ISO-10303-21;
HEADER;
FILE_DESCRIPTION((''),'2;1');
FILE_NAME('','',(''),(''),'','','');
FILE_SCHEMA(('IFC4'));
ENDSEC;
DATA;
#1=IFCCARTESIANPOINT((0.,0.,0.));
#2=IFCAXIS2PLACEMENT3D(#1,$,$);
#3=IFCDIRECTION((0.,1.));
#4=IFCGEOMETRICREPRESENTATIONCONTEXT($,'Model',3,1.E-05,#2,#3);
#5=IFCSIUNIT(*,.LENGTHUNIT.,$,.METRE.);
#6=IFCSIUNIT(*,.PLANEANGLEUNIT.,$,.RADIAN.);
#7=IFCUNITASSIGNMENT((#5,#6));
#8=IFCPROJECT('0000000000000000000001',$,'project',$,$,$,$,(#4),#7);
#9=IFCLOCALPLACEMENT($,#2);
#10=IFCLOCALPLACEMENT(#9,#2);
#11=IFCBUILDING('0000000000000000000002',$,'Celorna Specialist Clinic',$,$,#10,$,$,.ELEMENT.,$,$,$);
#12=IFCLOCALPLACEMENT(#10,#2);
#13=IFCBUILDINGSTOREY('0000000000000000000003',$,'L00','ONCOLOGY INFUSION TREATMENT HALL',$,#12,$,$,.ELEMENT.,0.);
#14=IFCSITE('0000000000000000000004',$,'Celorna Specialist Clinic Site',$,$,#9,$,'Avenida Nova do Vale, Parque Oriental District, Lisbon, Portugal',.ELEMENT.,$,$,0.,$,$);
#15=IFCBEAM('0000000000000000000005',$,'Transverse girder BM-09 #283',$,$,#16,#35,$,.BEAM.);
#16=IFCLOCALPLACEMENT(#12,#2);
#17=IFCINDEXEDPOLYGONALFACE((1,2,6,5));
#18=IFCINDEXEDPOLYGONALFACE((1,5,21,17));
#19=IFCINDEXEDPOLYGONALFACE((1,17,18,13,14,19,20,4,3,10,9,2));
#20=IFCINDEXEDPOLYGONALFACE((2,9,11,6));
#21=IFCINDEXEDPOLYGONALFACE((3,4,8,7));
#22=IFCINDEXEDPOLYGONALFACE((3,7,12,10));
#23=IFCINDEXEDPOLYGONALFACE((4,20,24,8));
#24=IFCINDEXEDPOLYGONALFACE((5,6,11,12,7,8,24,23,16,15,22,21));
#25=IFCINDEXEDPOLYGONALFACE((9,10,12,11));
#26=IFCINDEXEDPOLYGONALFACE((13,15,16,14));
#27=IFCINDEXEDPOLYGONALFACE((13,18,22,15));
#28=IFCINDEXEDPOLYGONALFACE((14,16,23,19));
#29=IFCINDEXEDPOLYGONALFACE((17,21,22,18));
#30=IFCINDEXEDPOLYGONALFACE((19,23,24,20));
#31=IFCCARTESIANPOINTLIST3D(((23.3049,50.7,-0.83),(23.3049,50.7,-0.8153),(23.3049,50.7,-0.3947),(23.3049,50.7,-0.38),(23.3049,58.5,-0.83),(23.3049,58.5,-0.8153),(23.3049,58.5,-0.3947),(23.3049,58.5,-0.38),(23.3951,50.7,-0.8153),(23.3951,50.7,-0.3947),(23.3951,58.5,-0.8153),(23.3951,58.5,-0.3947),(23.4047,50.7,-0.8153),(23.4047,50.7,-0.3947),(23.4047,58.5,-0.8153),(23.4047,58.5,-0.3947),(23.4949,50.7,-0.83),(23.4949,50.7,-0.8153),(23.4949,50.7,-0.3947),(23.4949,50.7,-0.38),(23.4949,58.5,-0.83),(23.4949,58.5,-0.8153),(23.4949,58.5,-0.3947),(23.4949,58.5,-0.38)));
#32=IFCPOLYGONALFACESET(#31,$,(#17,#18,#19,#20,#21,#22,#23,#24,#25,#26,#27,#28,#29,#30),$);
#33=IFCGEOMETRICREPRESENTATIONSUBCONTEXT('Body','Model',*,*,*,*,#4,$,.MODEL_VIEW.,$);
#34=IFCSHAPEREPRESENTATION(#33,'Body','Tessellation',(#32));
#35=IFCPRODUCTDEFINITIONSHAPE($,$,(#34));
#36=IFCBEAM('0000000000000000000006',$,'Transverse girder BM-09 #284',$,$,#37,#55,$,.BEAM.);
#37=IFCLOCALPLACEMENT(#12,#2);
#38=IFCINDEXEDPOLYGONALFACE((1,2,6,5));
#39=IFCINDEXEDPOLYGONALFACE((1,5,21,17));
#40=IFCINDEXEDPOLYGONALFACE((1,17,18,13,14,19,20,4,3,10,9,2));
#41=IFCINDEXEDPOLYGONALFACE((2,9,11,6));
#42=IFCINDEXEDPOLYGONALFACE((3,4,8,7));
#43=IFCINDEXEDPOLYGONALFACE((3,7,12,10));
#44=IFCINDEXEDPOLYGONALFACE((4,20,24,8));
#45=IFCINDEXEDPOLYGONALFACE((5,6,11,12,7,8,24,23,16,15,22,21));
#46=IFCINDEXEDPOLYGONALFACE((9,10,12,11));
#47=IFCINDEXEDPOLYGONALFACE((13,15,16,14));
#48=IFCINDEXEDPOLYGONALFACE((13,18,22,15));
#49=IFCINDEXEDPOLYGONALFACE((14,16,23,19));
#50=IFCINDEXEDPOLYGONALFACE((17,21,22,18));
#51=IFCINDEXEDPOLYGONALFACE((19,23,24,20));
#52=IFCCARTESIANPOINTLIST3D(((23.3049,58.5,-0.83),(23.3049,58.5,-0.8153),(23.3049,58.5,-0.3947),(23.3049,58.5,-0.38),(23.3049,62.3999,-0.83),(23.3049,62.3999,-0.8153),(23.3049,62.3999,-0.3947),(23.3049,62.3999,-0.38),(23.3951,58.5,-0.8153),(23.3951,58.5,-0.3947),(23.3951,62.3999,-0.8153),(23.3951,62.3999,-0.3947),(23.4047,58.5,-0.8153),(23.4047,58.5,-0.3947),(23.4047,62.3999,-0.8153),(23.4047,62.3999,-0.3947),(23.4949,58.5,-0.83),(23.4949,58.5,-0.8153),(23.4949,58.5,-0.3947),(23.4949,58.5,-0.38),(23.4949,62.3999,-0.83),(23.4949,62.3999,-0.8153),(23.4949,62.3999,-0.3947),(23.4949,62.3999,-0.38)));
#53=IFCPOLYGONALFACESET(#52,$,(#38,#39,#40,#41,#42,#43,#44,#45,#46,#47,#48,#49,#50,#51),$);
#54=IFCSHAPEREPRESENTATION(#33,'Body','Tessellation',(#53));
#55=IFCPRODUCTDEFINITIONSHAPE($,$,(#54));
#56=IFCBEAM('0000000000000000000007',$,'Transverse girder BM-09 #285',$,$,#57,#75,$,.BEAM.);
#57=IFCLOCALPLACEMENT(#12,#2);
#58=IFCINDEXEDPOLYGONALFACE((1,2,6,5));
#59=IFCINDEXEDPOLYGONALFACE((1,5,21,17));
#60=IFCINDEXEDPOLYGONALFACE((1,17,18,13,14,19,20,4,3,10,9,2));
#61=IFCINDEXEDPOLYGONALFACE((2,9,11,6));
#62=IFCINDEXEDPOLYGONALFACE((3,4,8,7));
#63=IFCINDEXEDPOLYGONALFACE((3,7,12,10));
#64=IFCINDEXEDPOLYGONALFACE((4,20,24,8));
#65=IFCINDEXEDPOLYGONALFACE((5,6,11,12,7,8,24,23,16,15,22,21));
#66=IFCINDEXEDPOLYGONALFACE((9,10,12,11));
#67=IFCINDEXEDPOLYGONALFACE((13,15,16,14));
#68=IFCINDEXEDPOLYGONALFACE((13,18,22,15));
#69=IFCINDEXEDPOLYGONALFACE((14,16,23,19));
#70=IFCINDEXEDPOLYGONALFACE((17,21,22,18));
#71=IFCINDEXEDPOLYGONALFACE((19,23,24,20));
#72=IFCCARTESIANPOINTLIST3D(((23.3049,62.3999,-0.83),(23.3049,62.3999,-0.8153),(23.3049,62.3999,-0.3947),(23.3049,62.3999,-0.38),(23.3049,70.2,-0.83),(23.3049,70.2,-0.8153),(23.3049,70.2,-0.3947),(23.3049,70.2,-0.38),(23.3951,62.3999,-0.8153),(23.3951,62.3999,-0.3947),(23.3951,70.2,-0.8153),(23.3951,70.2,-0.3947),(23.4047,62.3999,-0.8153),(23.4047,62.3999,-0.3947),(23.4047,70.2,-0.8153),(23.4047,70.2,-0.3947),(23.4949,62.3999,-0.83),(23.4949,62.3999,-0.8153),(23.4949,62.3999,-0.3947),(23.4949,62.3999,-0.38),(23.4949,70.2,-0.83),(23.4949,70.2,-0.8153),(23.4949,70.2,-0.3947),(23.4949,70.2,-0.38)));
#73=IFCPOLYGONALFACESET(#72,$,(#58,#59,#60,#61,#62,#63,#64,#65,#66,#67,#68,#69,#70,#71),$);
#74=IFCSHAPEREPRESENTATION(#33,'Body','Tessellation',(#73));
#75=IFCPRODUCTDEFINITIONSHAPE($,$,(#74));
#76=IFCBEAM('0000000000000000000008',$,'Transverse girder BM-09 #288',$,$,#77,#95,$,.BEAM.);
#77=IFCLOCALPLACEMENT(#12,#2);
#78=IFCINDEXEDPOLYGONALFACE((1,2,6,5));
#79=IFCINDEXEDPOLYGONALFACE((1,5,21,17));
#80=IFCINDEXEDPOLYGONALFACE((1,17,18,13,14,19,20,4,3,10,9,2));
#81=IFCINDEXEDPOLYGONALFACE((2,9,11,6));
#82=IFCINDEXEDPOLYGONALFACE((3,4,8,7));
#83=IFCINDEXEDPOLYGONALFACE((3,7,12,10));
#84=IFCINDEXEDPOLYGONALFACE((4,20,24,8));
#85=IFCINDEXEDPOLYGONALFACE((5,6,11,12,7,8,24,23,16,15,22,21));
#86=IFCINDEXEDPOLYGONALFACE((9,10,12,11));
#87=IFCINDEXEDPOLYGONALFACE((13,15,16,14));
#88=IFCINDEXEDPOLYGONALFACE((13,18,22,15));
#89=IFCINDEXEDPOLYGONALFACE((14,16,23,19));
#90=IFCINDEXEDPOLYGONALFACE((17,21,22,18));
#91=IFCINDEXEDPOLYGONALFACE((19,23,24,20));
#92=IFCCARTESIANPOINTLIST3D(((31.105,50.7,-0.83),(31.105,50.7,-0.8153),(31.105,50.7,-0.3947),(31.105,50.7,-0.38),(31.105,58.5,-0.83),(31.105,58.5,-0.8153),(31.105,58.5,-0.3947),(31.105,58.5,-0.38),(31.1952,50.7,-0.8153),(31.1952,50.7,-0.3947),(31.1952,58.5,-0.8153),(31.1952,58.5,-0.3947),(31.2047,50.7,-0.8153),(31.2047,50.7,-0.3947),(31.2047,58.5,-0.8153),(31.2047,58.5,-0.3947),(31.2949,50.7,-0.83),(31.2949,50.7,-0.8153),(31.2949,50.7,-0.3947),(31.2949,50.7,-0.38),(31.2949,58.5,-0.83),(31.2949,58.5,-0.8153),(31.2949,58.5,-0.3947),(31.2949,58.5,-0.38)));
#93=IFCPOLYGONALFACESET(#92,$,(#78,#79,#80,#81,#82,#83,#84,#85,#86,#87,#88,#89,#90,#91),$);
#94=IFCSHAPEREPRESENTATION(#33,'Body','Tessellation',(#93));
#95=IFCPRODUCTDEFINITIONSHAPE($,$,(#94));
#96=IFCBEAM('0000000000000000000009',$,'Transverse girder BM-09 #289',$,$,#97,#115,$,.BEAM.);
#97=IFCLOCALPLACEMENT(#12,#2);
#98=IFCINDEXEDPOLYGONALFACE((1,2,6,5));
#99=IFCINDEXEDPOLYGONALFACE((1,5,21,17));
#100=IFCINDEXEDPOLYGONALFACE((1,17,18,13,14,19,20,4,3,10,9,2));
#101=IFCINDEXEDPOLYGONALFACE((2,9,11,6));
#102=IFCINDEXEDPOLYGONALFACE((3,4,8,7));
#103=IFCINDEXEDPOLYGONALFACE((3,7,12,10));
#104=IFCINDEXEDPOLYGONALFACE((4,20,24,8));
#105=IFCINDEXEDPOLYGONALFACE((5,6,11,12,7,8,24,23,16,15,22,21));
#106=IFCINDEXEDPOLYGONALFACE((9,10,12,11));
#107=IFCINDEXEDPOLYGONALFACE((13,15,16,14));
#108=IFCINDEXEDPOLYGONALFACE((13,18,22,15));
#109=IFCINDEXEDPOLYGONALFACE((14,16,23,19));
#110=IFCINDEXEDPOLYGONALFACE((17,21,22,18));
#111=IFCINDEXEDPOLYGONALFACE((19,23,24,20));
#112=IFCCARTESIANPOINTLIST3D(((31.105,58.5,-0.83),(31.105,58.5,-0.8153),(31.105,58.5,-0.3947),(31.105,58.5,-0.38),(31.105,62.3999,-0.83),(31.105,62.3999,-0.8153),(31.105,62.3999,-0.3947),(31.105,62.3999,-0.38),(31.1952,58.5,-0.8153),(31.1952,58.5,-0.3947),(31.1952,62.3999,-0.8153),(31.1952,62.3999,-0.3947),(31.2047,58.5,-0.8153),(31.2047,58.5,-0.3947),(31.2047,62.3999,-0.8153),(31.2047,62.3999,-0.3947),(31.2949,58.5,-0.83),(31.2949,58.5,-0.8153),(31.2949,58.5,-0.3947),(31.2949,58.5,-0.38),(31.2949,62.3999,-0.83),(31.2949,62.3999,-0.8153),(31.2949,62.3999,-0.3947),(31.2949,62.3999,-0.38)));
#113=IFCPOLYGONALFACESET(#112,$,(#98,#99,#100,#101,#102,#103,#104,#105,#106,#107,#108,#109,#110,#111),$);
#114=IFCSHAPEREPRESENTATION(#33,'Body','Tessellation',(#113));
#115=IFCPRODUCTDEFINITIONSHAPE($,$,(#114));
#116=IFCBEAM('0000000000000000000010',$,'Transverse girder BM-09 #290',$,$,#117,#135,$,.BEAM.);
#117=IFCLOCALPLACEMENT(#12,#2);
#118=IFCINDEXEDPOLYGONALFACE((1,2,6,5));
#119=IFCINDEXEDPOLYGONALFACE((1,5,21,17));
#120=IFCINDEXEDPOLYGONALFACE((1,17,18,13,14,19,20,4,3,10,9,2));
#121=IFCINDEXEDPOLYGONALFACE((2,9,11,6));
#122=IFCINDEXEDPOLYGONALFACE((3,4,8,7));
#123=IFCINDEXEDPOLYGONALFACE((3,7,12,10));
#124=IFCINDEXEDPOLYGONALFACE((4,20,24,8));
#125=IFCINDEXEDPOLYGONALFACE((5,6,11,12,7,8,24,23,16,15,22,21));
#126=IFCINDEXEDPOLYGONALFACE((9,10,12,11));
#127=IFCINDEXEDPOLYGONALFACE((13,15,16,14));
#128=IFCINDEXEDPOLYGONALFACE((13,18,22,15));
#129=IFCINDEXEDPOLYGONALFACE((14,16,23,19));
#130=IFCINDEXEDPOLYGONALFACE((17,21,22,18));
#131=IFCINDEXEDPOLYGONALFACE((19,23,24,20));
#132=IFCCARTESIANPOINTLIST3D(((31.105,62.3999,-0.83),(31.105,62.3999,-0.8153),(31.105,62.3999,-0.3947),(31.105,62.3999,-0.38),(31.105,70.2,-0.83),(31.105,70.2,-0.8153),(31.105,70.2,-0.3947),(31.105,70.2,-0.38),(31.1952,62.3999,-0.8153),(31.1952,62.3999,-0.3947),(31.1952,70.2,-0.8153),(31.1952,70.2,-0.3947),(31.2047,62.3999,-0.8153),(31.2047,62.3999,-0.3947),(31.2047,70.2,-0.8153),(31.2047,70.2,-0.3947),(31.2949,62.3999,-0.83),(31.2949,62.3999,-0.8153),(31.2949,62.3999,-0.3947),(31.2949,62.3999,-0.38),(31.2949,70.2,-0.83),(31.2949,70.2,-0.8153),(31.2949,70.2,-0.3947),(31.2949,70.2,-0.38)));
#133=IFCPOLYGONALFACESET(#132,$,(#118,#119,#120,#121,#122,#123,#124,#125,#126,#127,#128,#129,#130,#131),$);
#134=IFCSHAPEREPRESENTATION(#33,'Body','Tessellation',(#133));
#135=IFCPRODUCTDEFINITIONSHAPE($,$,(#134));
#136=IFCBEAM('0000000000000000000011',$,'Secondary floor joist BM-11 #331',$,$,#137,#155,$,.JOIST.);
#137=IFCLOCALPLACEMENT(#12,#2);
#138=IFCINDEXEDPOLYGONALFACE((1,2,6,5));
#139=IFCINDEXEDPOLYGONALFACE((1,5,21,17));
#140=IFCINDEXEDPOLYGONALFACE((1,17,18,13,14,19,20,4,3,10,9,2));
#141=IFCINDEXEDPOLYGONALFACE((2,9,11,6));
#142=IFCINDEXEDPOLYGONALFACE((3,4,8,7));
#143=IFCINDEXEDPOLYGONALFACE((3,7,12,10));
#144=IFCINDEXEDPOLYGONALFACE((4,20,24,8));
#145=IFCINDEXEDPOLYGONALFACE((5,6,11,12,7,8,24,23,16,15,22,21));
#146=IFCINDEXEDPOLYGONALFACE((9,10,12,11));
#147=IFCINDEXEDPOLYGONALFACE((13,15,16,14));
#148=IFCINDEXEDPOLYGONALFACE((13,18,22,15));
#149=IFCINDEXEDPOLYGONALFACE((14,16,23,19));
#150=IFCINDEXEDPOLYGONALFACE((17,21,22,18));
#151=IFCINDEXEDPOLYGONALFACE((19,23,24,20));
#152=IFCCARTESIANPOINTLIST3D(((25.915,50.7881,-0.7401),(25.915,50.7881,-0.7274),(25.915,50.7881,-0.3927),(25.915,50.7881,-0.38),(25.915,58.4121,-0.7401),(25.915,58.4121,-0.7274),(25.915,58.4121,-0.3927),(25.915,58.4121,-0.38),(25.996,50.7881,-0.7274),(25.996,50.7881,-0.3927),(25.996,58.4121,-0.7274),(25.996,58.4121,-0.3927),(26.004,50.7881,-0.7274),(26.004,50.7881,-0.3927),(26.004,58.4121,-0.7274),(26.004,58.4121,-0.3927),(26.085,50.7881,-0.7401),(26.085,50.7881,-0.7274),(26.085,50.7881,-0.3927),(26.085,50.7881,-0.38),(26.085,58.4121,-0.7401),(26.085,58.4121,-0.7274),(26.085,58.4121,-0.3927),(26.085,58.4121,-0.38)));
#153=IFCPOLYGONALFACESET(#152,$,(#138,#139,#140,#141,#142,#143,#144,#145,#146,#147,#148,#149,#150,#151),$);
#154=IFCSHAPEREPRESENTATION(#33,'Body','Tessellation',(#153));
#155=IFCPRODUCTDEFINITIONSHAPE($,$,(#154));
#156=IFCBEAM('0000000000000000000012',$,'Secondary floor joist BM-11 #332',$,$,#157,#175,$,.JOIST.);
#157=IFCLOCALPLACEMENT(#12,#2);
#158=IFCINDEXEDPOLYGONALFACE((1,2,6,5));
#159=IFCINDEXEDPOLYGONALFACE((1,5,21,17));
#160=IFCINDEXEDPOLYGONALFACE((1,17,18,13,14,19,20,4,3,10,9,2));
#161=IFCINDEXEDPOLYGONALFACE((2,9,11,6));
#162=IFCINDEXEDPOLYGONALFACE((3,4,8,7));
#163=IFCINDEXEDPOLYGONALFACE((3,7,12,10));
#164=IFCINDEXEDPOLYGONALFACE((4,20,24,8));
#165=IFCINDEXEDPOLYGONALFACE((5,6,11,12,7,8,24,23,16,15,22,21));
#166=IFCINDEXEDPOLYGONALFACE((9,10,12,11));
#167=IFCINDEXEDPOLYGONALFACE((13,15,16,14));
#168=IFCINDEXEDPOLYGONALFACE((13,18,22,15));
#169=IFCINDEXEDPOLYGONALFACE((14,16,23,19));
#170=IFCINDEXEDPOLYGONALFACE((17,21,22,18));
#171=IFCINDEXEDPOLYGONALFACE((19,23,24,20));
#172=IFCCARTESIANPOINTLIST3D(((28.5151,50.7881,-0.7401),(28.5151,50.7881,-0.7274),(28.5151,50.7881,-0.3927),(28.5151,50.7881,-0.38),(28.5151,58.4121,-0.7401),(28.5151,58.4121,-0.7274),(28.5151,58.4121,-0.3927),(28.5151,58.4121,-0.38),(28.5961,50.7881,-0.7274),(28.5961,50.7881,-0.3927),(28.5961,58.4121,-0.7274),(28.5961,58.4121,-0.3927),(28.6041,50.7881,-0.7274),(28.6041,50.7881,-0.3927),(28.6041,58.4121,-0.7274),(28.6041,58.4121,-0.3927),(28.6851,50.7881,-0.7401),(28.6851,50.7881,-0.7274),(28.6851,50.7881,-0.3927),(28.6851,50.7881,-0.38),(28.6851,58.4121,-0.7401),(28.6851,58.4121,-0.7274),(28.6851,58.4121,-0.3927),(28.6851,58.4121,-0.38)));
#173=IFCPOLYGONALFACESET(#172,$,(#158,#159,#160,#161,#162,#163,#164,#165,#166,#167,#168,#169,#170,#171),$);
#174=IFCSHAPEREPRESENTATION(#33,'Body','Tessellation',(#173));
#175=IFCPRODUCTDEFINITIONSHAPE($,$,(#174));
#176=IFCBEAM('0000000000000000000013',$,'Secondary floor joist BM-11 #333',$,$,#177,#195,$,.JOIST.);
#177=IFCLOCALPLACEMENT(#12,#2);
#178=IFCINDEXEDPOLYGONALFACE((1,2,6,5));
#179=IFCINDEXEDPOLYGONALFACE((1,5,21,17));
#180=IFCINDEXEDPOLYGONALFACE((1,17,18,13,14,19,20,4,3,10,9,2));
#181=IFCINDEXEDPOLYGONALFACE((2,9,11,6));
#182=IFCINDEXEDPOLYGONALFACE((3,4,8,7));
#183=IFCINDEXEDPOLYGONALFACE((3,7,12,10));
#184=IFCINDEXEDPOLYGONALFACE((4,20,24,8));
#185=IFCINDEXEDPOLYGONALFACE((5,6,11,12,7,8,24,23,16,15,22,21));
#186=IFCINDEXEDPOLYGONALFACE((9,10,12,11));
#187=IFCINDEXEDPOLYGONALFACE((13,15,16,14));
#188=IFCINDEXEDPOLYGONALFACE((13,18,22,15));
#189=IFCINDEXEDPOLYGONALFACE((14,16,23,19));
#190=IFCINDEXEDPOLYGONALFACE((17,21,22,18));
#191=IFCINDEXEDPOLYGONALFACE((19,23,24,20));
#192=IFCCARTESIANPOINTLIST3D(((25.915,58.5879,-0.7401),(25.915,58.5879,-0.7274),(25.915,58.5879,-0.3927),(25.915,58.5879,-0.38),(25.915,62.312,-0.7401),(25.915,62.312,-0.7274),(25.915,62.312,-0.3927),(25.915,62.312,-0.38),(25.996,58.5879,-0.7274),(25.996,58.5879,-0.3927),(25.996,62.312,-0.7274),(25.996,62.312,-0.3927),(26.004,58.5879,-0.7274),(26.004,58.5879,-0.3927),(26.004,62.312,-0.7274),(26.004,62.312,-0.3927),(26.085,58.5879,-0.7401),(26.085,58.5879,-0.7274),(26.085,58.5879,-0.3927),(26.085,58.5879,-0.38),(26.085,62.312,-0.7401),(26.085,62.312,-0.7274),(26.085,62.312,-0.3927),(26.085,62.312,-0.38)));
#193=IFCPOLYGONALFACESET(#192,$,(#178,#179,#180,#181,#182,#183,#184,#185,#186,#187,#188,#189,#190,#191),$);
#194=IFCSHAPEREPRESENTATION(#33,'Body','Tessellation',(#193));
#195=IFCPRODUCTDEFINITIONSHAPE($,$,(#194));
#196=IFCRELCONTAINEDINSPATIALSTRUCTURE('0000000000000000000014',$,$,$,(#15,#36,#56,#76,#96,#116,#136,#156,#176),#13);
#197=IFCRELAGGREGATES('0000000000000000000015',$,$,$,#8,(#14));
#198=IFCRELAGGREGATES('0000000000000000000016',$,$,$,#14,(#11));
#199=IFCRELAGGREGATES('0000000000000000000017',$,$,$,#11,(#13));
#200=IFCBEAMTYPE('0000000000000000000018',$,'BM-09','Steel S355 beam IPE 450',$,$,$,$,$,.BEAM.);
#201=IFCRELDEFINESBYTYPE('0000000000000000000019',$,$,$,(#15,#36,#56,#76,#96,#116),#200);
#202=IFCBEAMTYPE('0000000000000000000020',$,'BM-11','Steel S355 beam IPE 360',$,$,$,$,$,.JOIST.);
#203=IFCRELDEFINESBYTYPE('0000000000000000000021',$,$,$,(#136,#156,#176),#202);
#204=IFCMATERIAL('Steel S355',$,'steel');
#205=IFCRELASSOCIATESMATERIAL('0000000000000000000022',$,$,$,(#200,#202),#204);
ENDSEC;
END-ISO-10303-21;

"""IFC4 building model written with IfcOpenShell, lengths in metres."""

from ifc_helpers import new_model, si_unit, direction, frame, origin, origin_2d, place, context, subcontext, project, spatial, i_section, extrude, material, material_profile, profile_set, type_object, element, save


model = new_model("IFC4")

# Units and contexts
model_context = context("Model", 3, precision=1e-05, world=origin(), true_north=direction((0.0, 1.0)))
body_context = subcontext(model_context, "Body", "Model", "MODEL_VIEW")
ifc_project = project(units=[si_unit("LENGTHUNIT", "METRE"), si_unit("PLANEANGLEUNIT", "RADIAN")], contexts=[model_context])

# Site, building, storey
site_placement = place(None, origin())
site = spatial("IfcSite", under=ifc_project, at=site_placement, Name="Celorna Specialist Clinic Site", LongName="Avenida Nova do Vale, Parque Oriental District, Lisbon, Portugal", CompositionType="ELEMENT", RefElevation=0.0)
building_placement = place(site_placement, origin())
building = spatial("IfcBuilding", under=site, at=building_placement, Name="Celorna Specialist Clinic", CompositionType="ELEMENT")
storey_placement = place(building_placement, origin())
storey = spatial("IfcBuildingStorey", under=building, at=storey_placement, Name="L00", Description="ONCOLOGY INFUSION TREATMENT HALL", CompositionType="ELEMENT", Elevation=0.0)

# Beams
ifc_material_1 = material(Name="Steel S355", Category="steel")
ifc_material_profile_1 = material_profile(ifc_material_1, i_section(OverallWidth=0.1899, OverallDepth=0.45, WebThickness=0.0095, FlangeThickness=0.0146, at=origin_2d()), Name="IPE 450")
ifc_profile_set_1 = profile_set([ifc_material_profile_1], Name="Steel S355")
beam_type_1 = type_object("IfcBeamType", Name="BM-09", Description="Steel S355 beam IPE 450", PredefinedType="BEAM", material=ifc_profile_set_1)
beam_1_placement = place(storey_placement, frame((23.3999, 50.7, -0.605), z_axis=(0.0, 1.0, 0.0), x_axis=(-1.0, 0.0, 0.0)))
element("IfcBeam", 1, at=beam_1_placement, inside=storey, type_object=beam_type_1, Name="Transverse girder BM-09 #283", PredefinedType="BEAM", context=body_context, shape_type="SweptSolid", body=[
    extrude(i_section(OverallWidth=0.1899, OverallDepth=0.45, WebThickness=0.0095, FlangeThickness=0.0146, at=origin_2d()), origin(), (0.0, 0.0, 1.0), 7.8),
])
beam_2_placement = place(storey_placement, frame((23.3999, 58.5, -0.605), z_axis=(0.0, 1.0, 0.0), x_axis=(-1.0, 0.0, 0.0)))
element("IfcBeam", 2, at=beam_2_placement, inside=storey, type_object=beam_type_1, Name="Transverse girder BM-09 #284", PredefinedType="BEAM", context=body_context, shape_type="SweptSolid", body=[
    extrude(i_section(OverallWidth=0.1899, OverallDepth=0.45, WebThickness=0.0095, FlangeThickness=0.0146, at=origin_2d()), origin(), (0.0, 0.0, 1.0), 3.8999),
])
for number, where, z_axis, x_axis, name in (
    (3, (23.3999, 62.3999, -0.605), (0.0, 1.0, 0.0), (-1.0, 0.0, 0.0), "Transverse girder BM-09 #285"),
    (4, (31.2, 50.7, -0.605), (0.0, 1.0, 0.0), (-1.0, 0.0, 0.0), "Transverse girder BM-09 #288"),
):
    element("IfcBeam", number, at=place(storey_placement, frame(where, z_axis=z_axis, x_axis=x_axis)), inside=storey, type_object=beam_type_1, Name=name, PredefinedType="BEAM", context=body_context, shape_type="SweptSolid", body=[
        extrude(i_section(OverallWidth=0.1899, OverallDepth=0.45, WebThickness=0.0095, FlangeThickness=0.0146, at=origin_2d()), origin(), (0.0, 0.0, 1.0), 7.8),
    ])
beam_3_placement = place(storey_placement, frame((31.2, 58.5, -0.605), z_axis=(0.0, 1.0, 0.0), x_axis=(-1.0, 0.0, 0.0)))
element("IfcBeam", 5, at=beam_3_placement, inside=storey, type_object=beam_type_1, Name="Transverse girder BM-09 #289", PredefinedType="BEAM", context=body_context, shape_type="SweptSolid", body=[
    extrude(i_section(OverallWidth=0.1899, OverallDepth=0.45, WebThickness=0.0095, FlangeThickness=0.0146, at=origin_2d()), origin(), (0.0, 0.0, 1.0), 3.8999),
])
beam_4_placement = place(storey_placement, frame((31.2, 62.3999, -0.605), z_axis=(0.0, 1.0, 0.0), x_axis=(-1.0, 0.0, 0.0)))
element("IfcBeam", 6, at=beam_4_placement, inside=storey, type_object=beam_type_1, Name="Transverse girder BM-09 #290", PredefinedType="BEAM", context=body_context, shape_type="SweptSolid", body=[
    extrude(i_section(OverallWidth=0.1899, OverallDepth=0.45, WebThickness=0.0095, FlangeThickness=0.0146, at=origin_2d()), origin(), (0.0, 0.0, 1.0), 7.8),
])
ifc_material_profile_2 = material_profile(ifc_material_1, i_section(OverallWidth=0.1699, OverallDepth=0.3601, WebThickness=0.0081, FlangeThickness=0.0127, at=origin_2d()), Name="IPE 360")
ifc_profile_set_2 = profile_set([ifc_material_profile_2], Name="Steel S355")
beam_type_2 = type_object("IfcBeamType", Name="BM-11", Description="Steel S355 beam IPE 360", PredefinedType="JOIST", material=ifc_profile_set_2)
for number, where, z_axis, x_axis, name in (
    (7, (26.0, 50.7881, -0.5601), (0.0, 1.0, 0.0), (-1.0, 0.0, 0.0), "Secondary floor joist BM-11 #331"),
    (8, (28.6001, 50.7881, -0.5601), (0.0, 1.0, 0.0), (-1.0, 0.0, 0.0), "Secondary floor joist BM-11 #332"),
):
    element("IfcBeam", number, at=place(storey_placement, frame(where, z_axis=z_axis, x_axis=x_axis)), inside=storey, type_object=beam_type_2, Name=name, PredefinedType="JOIST", context=body_context, shape_type="SweptSolid", body=[
        extrude(i_section(OverallWidth=0.1699, OverallDepth=0.3601, WebThickness=0.0081, FlangeThickness=0.0127, at=origin_2d()), origin(), (0.0, 0.0, 1.0), 7.624),
    ])
for number, where, z_axis, x_axis, name in (
    (9, (26.0, 58.5879, -0.5601), (0.0, 1.0, 0.0), (-1.0, 0.0, 0.0), "Secondary floor joist BM-11 #333"),
):
    element("IfcBeam", number, at=place(storey_placement, frame(where, z_axis=z_axis, x_axis=x_axis)), inside=storey, type_object=beam_type_2, Name=name, PredefinedType="JOIST", context=body_context, shape_type="SweptSolid", body=[
        extrude(i_section(OverallWidth=0.1699, OverallDepth=0.3601, WebThickness=0.0081, FlangeThickness=0.0127, at=origin_2d()), origin(), (0.0, 0.0, 1.0), 3.7241),
    ])

save(model, "model.ifc")
